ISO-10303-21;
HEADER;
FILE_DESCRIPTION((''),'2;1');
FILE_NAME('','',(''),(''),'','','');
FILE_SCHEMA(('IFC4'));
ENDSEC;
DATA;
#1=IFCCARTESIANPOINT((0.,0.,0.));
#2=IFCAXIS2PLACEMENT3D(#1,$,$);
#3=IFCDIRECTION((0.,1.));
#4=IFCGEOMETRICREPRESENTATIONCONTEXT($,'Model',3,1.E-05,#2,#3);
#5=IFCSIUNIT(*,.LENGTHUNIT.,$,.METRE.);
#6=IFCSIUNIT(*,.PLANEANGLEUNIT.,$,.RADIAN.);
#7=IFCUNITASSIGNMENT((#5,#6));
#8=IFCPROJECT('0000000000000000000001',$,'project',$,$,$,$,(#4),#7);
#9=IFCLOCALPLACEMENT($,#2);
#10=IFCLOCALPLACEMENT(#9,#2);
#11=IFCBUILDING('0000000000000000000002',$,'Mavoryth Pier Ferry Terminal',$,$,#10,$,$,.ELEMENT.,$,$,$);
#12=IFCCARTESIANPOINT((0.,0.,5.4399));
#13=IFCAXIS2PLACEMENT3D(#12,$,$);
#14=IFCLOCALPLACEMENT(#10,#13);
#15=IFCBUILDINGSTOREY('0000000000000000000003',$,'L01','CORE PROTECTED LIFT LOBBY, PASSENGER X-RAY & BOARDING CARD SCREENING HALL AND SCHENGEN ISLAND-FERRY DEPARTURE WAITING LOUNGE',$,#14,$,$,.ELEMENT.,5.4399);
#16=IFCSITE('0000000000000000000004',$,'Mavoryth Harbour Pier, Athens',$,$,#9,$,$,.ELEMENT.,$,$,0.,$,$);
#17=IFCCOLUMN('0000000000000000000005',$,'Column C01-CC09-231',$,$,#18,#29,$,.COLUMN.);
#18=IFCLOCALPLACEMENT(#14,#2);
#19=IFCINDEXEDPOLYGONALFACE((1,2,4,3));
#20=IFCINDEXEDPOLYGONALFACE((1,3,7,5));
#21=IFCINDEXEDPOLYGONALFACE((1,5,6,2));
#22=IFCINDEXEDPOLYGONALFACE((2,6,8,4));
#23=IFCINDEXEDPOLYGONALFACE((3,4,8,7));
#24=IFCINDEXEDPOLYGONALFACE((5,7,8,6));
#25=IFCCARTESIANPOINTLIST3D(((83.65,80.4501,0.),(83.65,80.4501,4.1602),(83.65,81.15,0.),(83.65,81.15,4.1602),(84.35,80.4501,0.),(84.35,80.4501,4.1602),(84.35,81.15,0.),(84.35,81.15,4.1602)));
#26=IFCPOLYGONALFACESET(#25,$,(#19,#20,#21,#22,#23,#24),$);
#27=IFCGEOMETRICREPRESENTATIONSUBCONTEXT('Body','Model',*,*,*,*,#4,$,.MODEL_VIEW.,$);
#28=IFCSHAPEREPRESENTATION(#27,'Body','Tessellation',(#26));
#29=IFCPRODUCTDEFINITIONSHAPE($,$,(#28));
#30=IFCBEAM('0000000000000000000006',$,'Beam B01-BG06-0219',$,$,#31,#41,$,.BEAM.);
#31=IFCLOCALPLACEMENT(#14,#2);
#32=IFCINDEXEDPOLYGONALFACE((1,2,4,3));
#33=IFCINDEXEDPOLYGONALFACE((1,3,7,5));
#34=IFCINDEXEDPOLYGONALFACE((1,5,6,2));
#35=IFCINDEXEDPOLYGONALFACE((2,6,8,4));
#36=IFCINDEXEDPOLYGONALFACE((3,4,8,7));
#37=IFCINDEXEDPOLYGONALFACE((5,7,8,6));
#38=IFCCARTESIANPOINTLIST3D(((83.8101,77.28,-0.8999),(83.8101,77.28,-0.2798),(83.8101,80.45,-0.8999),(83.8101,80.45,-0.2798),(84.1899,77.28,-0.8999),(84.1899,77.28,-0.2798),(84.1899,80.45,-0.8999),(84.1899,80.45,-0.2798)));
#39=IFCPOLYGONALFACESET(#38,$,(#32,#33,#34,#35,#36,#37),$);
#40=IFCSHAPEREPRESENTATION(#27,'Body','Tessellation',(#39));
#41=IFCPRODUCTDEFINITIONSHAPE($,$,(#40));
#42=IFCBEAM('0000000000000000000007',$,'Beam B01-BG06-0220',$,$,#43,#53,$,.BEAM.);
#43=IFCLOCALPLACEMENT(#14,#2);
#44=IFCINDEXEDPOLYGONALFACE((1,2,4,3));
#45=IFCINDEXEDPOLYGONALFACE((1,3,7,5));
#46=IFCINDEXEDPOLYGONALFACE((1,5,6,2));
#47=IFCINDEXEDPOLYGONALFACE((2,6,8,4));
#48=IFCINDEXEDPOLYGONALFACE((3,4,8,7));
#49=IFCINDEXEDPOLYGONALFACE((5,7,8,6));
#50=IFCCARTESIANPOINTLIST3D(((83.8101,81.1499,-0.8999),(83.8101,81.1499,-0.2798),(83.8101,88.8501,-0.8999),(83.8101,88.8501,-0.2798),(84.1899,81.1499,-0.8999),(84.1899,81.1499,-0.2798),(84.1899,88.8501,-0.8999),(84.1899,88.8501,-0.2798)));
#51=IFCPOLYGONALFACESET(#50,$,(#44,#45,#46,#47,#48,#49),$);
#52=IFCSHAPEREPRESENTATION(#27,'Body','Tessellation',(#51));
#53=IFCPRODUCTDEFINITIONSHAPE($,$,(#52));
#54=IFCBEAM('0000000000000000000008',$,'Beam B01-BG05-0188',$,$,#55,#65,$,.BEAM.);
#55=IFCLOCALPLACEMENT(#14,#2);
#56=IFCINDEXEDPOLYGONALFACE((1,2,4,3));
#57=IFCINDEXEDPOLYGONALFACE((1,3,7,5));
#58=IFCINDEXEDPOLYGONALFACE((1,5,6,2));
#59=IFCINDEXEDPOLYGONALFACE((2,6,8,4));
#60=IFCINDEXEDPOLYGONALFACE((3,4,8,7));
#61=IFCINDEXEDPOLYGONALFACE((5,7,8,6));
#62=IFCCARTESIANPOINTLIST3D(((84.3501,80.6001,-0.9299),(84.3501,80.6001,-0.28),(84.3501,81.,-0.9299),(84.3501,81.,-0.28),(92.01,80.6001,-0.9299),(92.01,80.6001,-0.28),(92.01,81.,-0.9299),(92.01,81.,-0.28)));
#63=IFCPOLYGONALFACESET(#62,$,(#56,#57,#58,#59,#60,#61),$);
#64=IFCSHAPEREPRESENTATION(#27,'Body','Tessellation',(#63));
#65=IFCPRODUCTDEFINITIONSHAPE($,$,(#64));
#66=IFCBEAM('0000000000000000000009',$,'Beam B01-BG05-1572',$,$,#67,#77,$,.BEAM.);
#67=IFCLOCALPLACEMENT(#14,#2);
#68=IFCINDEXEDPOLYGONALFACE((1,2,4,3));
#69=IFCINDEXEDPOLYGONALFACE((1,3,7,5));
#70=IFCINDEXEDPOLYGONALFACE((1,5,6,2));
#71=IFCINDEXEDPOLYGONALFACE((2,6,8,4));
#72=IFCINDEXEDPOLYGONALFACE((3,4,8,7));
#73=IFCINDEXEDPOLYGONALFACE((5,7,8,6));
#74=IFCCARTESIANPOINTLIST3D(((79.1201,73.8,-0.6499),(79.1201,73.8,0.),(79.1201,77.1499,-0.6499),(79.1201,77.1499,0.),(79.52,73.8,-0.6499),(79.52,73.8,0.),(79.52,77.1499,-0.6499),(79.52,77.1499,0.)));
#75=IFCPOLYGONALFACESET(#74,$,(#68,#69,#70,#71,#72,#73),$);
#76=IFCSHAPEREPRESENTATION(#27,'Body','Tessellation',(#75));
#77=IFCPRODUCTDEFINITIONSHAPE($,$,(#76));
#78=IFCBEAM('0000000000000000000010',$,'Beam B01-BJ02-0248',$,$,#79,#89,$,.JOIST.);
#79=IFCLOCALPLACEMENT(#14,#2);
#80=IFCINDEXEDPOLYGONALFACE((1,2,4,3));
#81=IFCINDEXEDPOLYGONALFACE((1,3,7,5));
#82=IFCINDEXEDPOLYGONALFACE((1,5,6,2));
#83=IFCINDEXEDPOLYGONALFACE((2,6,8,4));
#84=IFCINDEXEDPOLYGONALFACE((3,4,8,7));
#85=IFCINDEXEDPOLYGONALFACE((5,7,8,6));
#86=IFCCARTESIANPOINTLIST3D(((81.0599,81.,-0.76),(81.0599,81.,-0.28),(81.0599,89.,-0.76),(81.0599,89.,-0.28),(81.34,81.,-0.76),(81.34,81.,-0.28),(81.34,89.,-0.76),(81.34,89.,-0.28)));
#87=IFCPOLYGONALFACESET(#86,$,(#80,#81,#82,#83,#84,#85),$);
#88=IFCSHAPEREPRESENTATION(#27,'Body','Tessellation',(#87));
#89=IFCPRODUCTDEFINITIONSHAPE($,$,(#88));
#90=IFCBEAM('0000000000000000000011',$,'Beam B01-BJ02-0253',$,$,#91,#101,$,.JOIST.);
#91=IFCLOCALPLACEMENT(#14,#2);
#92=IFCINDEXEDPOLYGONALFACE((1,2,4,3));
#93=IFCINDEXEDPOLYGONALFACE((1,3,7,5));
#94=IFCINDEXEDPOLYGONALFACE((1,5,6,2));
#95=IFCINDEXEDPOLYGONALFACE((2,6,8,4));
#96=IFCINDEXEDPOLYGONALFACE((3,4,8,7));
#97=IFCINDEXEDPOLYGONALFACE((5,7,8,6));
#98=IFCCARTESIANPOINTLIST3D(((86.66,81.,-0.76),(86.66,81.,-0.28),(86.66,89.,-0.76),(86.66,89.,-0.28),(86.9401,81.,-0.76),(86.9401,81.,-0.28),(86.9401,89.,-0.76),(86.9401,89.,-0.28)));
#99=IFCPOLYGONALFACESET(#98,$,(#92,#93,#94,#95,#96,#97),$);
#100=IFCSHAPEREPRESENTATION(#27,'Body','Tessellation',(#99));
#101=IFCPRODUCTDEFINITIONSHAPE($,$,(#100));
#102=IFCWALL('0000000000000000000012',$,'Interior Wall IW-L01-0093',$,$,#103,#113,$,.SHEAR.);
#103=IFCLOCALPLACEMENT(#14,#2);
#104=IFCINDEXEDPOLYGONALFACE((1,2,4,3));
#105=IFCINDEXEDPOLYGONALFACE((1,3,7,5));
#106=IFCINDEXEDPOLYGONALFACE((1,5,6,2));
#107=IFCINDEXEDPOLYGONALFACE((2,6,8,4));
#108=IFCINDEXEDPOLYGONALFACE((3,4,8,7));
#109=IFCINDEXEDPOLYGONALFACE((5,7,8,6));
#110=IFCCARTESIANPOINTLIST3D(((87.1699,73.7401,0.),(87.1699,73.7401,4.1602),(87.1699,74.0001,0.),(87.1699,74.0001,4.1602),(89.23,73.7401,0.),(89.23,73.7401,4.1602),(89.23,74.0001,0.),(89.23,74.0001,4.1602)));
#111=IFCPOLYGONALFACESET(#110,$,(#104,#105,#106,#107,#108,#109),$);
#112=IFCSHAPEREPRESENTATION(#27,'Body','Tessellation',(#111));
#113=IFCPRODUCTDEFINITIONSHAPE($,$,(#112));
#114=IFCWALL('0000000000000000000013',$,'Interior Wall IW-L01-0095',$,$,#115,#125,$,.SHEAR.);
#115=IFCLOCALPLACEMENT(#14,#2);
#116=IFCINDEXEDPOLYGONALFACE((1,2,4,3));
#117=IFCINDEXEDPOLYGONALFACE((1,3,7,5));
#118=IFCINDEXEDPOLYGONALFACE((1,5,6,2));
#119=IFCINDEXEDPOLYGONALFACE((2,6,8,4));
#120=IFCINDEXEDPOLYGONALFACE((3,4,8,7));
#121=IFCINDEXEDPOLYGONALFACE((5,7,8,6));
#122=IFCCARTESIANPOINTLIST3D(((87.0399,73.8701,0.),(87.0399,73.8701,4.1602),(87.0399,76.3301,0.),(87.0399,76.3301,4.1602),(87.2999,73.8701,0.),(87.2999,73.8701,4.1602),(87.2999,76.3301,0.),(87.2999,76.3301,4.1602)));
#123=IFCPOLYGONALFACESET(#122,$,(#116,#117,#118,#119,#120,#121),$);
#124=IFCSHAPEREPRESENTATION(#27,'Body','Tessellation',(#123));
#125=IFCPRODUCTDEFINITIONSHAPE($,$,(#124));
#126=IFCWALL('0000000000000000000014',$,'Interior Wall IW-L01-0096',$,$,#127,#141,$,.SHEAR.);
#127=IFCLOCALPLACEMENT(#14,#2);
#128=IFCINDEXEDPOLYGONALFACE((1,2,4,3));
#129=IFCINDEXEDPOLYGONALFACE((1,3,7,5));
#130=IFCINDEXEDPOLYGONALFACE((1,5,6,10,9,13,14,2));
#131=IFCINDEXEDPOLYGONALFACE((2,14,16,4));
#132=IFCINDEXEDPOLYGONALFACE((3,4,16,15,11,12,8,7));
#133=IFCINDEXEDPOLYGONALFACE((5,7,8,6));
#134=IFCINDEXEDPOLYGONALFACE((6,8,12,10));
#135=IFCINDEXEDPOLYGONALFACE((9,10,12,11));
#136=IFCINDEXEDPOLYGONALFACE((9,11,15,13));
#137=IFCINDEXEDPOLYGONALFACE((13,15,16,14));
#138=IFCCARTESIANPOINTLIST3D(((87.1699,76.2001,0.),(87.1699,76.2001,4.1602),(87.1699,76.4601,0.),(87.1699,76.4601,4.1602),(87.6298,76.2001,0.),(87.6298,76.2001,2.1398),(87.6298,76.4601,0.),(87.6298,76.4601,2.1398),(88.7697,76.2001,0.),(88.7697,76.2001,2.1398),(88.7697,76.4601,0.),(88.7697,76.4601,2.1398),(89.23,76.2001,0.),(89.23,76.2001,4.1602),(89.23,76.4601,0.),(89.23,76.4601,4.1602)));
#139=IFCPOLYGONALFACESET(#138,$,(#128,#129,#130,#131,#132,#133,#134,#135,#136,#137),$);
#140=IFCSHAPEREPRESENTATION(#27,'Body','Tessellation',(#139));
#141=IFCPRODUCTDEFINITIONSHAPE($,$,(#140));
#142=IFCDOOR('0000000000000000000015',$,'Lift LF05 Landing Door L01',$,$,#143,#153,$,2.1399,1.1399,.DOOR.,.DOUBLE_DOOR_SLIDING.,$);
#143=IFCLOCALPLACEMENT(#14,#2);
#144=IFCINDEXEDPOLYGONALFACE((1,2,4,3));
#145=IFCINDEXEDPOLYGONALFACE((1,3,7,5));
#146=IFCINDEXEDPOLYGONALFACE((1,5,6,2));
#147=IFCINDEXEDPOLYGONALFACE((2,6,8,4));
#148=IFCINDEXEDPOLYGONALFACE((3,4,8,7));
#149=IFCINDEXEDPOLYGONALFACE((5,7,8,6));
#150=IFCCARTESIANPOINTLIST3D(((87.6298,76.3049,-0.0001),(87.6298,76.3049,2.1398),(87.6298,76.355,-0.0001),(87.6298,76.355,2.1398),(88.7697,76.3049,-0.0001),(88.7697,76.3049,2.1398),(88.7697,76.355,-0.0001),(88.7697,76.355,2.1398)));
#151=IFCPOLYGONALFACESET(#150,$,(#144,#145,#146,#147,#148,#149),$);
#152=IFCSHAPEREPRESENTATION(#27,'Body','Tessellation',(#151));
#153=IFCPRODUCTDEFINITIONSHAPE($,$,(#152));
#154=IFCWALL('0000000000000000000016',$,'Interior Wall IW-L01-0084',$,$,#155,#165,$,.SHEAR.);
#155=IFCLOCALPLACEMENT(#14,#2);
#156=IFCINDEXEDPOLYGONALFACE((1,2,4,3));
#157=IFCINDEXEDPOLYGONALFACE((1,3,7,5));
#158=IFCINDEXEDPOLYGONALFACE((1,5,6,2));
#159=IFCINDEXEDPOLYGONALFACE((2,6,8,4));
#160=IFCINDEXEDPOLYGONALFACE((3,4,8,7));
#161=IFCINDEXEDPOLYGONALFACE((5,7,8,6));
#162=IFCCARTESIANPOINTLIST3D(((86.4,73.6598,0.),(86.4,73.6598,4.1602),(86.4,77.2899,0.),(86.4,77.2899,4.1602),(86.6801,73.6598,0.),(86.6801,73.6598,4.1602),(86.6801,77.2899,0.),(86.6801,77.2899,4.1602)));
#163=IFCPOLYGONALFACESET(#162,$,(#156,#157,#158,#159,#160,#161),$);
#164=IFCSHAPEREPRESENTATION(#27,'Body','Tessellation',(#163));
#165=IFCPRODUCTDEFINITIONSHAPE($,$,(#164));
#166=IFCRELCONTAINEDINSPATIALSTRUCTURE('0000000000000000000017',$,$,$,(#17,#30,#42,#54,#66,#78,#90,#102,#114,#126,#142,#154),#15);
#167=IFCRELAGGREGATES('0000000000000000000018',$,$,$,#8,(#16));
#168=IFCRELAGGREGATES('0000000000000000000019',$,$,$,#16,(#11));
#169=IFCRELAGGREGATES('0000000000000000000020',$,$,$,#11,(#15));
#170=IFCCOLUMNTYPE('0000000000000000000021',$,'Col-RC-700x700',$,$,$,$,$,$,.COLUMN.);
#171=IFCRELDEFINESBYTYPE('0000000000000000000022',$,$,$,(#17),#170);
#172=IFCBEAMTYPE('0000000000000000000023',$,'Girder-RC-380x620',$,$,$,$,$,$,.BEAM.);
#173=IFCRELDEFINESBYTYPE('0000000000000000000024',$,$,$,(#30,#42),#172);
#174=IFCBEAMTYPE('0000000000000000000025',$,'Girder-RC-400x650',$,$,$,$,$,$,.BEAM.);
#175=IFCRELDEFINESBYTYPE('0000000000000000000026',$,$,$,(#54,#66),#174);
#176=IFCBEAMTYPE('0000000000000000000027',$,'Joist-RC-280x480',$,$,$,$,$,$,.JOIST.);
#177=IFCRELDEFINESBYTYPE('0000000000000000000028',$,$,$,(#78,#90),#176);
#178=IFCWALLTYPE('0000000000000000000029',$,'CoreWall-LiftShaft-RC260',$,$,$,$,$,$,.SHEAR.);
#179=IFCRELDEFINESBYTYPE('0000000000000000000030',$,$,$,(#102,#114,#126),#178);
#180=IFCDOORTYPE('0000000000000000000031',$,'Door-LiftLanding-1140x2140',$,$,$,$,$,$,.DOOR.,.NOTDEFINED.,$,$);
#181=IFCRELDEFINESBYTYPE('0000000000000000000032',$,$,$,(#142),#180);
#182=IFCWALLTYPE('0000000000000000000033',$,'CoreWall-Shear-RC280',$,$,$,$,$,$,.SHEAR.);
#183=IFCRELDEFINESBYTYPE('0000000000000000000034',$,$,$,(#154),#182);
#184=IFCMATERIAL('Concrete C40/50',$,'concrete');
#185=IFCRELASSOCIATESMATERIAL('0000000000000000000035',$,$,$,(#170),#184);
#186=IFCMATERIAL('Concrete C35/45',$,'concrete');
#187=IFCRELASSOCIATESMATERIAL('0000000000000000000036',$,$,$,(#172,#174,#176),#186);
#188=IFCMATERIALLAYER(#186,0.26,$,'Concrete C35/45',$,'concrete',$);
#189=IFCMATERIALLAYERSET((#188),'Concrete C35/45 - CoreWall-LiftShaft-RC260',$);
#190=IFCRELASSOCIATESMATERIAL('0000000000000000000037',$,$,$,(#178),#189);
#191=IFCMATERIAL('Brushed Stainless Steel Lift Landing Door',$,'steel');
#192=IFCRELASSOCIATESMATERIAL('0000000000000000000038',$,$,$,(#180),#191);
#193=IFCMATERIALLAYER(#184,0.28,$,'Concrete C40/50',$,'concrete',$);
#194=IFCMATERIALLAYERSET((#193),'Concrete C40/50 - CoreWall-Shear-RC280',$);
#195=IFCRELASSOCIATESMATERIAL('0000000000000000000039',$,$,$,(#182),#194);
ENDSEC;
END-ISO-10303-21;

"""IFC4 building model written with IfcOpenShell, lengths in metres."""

from ifc_helpers import new_model, si_unit, direction, frame, frame_2d, origin, origin_2d, place, context, subcontext, project, spatial, rectangle, extrude, material, layer, layer_set, material_profile, profile_set, type_object, element, fill, save


model = new_model("IFC4")

# Units and contexts
model_context = context("Model", 3, precision=1e-05, world=origin(), true_north=direction((0.0, 1.0)))
body_context = subcontext(model_context, "Body", "Model", "MODEL_VIEW")
ifc_project = project(units=[si_unit("LENGTHUNIT", "METRE"), si_unit("PLANEANGLEUNIT", "RADIAN")], contexts=[model_context])

# Site, building, storey
site_placement = place(None, origin())
site = spatial("IfcSite", under=ifc_project, at=site_placement, Name="Mavoryth Harbour Pier, Athens", CompositionType="ELEMENT", RefElevation=0.0)
building_placement = place(site_placement, origin())
building = spatial("IfcBuilding", under=site, at=building_placement, Name="Mavoryth Pier Ferry Terminal", CompositionType="ELEMENT")
storey_placement = place(building_placement, frame((0.0, 0.0, 5.4399)))
storey = spatial("IfcBuildingStorey", under=building, at=storey_placement, Name="L01", Description="CORE PROTECTED LIFT LOBBY, PASSENGER X-RAY & BOARDING CARD SCREENING HALL AND SCHENGEN ISLAND-FERRY DEPARTURE WAITING LOUNGE", CompositionType="ELEMENT", Elevation=5.4399)

# Column
ifc_material_1 = material(Name="Concrete C40/50", Category="concrete")
ifc_material_profile_1 = material_profile(ifc_material_1, rectangle(XDim=0.7, YDim=0.7, at=origin_2d()), Name="RC 700x700", Category="concrete")
ifc_profile_set_1 = profile_set([ifc_material_profile_1], Name="Concrete C40/50 - RC 700x700")
column_type = type_object("IfcColumnType", Name="Col-RC-700x700", PredefinedType="COLUMN", material=ifc_profile_set_1)
column_placement = place(storey_placement, frame((84.0, 80.8, 0.0), z_axis=(0.0, 0.0, 1.0), x_axis=(1.0, 0.0, 0.0)))
element("IfcColumn", 1, at=column_placement, inside=storey, type_object=column_type, Name="Column C01-CC09-231", PredefinedType="COLUMN", context=body_context, shape_type="SweptSolid", body=[
    extrude(rectangle(XDim=0.7, YDim=0.7, at=origin_2d()), origin(), (0.0, 0.0, 1.0), 4.1602),
])

# Beams
ifc_material_2 = material(Name="Concrete C35/45", Category="concrete")
ifc_material_profile_2 = material_profile(ifc_material_2, rectangle(XDim=0.3799, YDim=0.6201, at=origin_2d()), Name="RC 380x620", Category="concrete")
ifc_profile_set_2 = profile_set([ifc_material_profile_2], Name="Concrete C35/45 - RC 380x620")
beam_type_1 = type_object("IfcBeamType", Name="Girder-RC-380x620", PredefinedType="BEAM", material=ifc_profile_set_2)
beam_1_placement = place(storey_placement, frame((84.0, 77.28, -0.5898), z_axis=(0.0, 1.0, 0.0), x_axis=(-1.0, 0.0, 0.0)))
element("IfcBeam", 2, at=beam_1_placement, inside=storey, type_object=beam_type_1, Name="Beam B01-BG06-0219", PredefinedType="BEAM", context=body_context, shape_type="SweptSolid", body=[
    extrude(rectangle(XDim=0.3799, YDim=0.6201, at=origin_2d()), origin(), (0.0, 0.0, 1.0), 3.1699),
])
beam_2_placement = place(storey_placement, frame((84.0, 81.1499, -0.5898), z_axis=(0.0, 1.0, 0.0), x_axis=(-1.0, 0.0, 0.0)))
element("IfcBeam", 3, at=beam_2_placement, inside=storey, type_object=beam_type_1, Name="Beam B01-BG06-0220", PredefinedType="BEAM", context=body_context, shape_type="SweptSolid", body=[
    extrude(rectangle(XDim=0.3799, YDim=0.6201, at=origin_2d()), origin(), (0.0, 0.0, 1.0), 7.7002),
])
ifc_material_profile_3 = material_profile(ifc_material_2, rectangle(XDim=0.3999, YDim=0.6499, at=origin_2d()), Name="RC 400x650", Category="concrete")
ifc_profile_set_3 = profile_set([ifc_material_profile_3], Name="Concrete C35/45 - RC 400x650")
beam_type_2 = type_object("IfcBeamType", Name="Girder-RC-400x650", PredefinedType="BEAM", material=ifc_profile_set_3)
beam_3_placement = place(storey_placement, frame((84.3501, 80.8, -0.605), z_axis=(1.0, 0.0, 0.0), x_axis=(0.0, 1.0, 0.0)))
element("IfcBeam", 4, at=beam_3_placement, inside=storey, type_object=beam_type_2, Name="Beam B01-BG05-0188", PredefinedType="BEAM", context=body_context, shape_type="SweptSolid", body=[
    extrude(rectangle(XDim=0.3999, YDim=0.6499, at=origin_2d()), origin(), (0.0, 0.0, 1.0), 7.6599),
])
beam_4_placement = place(storey_placement, frame((79.3201, 73.8, -0.325), z_axis=(0.0, 1.0, 0.0), x_axis=(-1.0, 0.0, 0.0)))
element("IfcBeam", 5, at=beam_4_placement, inside=storey, type_object=beam_type_2, Name="Beam B01-BG05-1572", PredefinedType="BEAM", context=body_context, shape_type="SweptSolid", body=[
    extrude(rectangle(XDim=0.3999, YDim=0.6499, at=origin_2d()), origin(), (0.0, 0.0, 1.0), 3.3499),
])
ifc_material_profile_4 = material_profile(ifc_material_2, rectangle(XDim=0.28, YDim=0.48, at=origin_2d()), Name="RC 280x480", Category="concrete")
ifc_profile_set_4 = profile_set([ifc_material_profile_4], Name="Concrete C35/45 - RC 280x480")
beam_type_3 = type_object("IfcBeamType", Name="Joist-RC-280x480", PredefinedType="JOIST", material=ifc_profile_set_4)
for number, where, z_axis, x_axis, name in (
    (6, (81.2, 81.0, -0.52), (0.0, 1.0, 0.0), (-1.0, 0.0, 0.0), "Beam B01-BJ02-0248"),
    (7, (86.8, 81.0, -0.52), (0.0, 1.0, 0.0), (-1.0, 0.0, 0.0), "Beam B01-BJ02-0253"),
):
    element("IfcBeam", number, at=place(storey_placement, frame(where, z_axis=z_axis, x_axis=x_axis)), inside=storey, type_object=beam_type_3, Name=name, PredefinedType="JOIST", context=body_context, shape_type="SweptSolid", body=[
        extrude(rectangle(XDim=0.28, YDim=0.48, at=origin_2d()), origin(), (0.0, 0.0, 1.0), 8.0),
    ])

# Walls
ifc_layer_1 = layer(ifc_material_2, 0.26, Name="Concrete C35/45", Category="concrete")
ifc_layer_set_1 = layer_set([ifc_layer_1], Name="Concrete C35/45 - CoreWall-LiftShaft-RC260")
wall_type_1 = type_object("IfcWallType", Name="CoreWall-LiftShaft-RC260", PredefinedType="SHEAR", material=ifc_layer_set_1)
wall_1_placement = place(storey_placement, frame((87.1699, 73.8701, 0.0), z_axis=(0.0, 0.0, 1.0), x_axis=(1.0, 0.0, 0.0)))
element("IfcWall", 8, at=wall_1_placement, inside=storey, type_object=wall_type_1, Name="Interior Wall IW-L01-0093", PredefinedType="SHEAR", context=body_context, shape_type="SweptSolid", body=[
    extrude(rectangle(XDim=2.0601, YDim=0.26, at=frame_2d((1.03, 0.0))), origin(), (0.0, 0.0, 1.0), 4.1602),
])
wall_2_placement = place(storey_placement, frame((87.1699, 76.3301, 0.0), z_axis=(0.0, 0.0, 1.0), x_axis=(0.0, -1.0, 0.0)))
element("IfcWall", 9, at=wall_2_placement, inside=storey, type_object=wall_type_1, Name="Interior Wall IW-L01-0095", PredefinedType="SHEAR", context=body_context, shape_type="SweptSolid", body=[
    extrude(rectangle(XDim=2.46, YDim=0.26, at=frame_2d((1.23, 0.0))), origin(), (0.0, 0.0, 1.0), 4.1602),
])

# Wall, opening, door
wall_3_placement = place(storey_placement, frame((87.1699, 76.3301, 0.0), z_axis=(0.0, 0.0, 1.0), x_axis=(1.0, 0.0, 0.0)))
wall_3 = element("IfcWall", 10, at=wall_3_placement, inside=storey, type_object=wall_type_1, Name="Interior Wall IW-L01-0096", PredefinedType="SHEAR", context=body_context, shape_type="SweptSolid", body=[
    extrude(rectangle(XDim=2.0601, YDim=0.26, at=frame_2d((1.03, 0.0))), origin(), (0.0, 0.0, 1.0), 4.1602),
])
opening_placement = place(wall_3_placement, frame((0.46, 0.0, 0.0)))
opening = element("IfcOpeningElement", 11, at=opening_placement, cuts=wall_3, PredefinedType="OPENING", context=body_context, shape_type="SweptSolid", body=[
    extrude(rectangle(XDim=1.1399, YDim=2.1399, at=frame_2d((0.5698, 1.0698))), frame((0.0, 0.1399, 0.0), z_axis=(0.0, -1.0, 0.0), x_axis=(1.0, 0.0, 0.0)), (0.0, 0.0, 1.0), 0.28),
])
ifc_material_3 = material(Name="Brushed Stainless Steel Lift Landing Door", Category="steel")
door_type = type_object("IfcDoorType", Name="Door-LiftLanding-1140x2140", OperationType="NOTDEFINED", PredefinedType="DOOR", material=ifc_material_3)
door_placement = place(opening_placement, origin())
door = element("IfcDoor", 12, at=door_placement, inside=storey, type_object=door_type, Name="Lift LF05 Landing Door L01", OperationType="DOUBLE_DOOR_SLIDING", OverallHeight=2.1399, OverallWidth=1.1399, PredefinedType="DOOR", context=body_context, shape_type="SweptSolid", body=[
    extrude(rectangle(XDim=1.1399, YDim=2.1399, at=frame_2d((0.5698, 1.0698))), frame((0.0, 0.0249, 0.0), z_axis=(0.0, -1.0, 0.0), x_axis=(1.0, 0.0, 0.0)), (0.0, 0.0, 1.0), 0.05),
])
fill(opening, door)

# Wall
ifc_layer_2 = layer(ifc_material_1, 0.28, Name="Concrete C40/50", Category="concrete")
ifc_layer_set_2 = layer_set([ifc_layer_2], Name="Concrete C40/50 - CoreWall-Shear-RC280")
wall_type_2 = type_object("IfcWallType", Name="CoreWall-Shear-RC280", PredefinedType="SHEAR", material=ifc_layer_set_2)
wall_4_placement = place(storey_placement, frame((86.54, 73.6599, 0.0), z_axis=(0.0, 0.0, 1.0), x_axis=(0.0, 1.0, 0.0)))
element("IfcWall", 13, at=wall_4_placement, inside=storey, type_object=wall_type_2, Name="Interior Wall IW-L01-0084", PredefinedType="SHEAR", context=body_context, shape_type="SweptSolid", body=[
    extrude(rectangle(XDim=3.6301, YDim=0.28, at=frame_2d((1.8149, 0.0))), origin(), (0.0, 0.0, 1.0), 4.1602),
])

save(model, "model.ifc")
